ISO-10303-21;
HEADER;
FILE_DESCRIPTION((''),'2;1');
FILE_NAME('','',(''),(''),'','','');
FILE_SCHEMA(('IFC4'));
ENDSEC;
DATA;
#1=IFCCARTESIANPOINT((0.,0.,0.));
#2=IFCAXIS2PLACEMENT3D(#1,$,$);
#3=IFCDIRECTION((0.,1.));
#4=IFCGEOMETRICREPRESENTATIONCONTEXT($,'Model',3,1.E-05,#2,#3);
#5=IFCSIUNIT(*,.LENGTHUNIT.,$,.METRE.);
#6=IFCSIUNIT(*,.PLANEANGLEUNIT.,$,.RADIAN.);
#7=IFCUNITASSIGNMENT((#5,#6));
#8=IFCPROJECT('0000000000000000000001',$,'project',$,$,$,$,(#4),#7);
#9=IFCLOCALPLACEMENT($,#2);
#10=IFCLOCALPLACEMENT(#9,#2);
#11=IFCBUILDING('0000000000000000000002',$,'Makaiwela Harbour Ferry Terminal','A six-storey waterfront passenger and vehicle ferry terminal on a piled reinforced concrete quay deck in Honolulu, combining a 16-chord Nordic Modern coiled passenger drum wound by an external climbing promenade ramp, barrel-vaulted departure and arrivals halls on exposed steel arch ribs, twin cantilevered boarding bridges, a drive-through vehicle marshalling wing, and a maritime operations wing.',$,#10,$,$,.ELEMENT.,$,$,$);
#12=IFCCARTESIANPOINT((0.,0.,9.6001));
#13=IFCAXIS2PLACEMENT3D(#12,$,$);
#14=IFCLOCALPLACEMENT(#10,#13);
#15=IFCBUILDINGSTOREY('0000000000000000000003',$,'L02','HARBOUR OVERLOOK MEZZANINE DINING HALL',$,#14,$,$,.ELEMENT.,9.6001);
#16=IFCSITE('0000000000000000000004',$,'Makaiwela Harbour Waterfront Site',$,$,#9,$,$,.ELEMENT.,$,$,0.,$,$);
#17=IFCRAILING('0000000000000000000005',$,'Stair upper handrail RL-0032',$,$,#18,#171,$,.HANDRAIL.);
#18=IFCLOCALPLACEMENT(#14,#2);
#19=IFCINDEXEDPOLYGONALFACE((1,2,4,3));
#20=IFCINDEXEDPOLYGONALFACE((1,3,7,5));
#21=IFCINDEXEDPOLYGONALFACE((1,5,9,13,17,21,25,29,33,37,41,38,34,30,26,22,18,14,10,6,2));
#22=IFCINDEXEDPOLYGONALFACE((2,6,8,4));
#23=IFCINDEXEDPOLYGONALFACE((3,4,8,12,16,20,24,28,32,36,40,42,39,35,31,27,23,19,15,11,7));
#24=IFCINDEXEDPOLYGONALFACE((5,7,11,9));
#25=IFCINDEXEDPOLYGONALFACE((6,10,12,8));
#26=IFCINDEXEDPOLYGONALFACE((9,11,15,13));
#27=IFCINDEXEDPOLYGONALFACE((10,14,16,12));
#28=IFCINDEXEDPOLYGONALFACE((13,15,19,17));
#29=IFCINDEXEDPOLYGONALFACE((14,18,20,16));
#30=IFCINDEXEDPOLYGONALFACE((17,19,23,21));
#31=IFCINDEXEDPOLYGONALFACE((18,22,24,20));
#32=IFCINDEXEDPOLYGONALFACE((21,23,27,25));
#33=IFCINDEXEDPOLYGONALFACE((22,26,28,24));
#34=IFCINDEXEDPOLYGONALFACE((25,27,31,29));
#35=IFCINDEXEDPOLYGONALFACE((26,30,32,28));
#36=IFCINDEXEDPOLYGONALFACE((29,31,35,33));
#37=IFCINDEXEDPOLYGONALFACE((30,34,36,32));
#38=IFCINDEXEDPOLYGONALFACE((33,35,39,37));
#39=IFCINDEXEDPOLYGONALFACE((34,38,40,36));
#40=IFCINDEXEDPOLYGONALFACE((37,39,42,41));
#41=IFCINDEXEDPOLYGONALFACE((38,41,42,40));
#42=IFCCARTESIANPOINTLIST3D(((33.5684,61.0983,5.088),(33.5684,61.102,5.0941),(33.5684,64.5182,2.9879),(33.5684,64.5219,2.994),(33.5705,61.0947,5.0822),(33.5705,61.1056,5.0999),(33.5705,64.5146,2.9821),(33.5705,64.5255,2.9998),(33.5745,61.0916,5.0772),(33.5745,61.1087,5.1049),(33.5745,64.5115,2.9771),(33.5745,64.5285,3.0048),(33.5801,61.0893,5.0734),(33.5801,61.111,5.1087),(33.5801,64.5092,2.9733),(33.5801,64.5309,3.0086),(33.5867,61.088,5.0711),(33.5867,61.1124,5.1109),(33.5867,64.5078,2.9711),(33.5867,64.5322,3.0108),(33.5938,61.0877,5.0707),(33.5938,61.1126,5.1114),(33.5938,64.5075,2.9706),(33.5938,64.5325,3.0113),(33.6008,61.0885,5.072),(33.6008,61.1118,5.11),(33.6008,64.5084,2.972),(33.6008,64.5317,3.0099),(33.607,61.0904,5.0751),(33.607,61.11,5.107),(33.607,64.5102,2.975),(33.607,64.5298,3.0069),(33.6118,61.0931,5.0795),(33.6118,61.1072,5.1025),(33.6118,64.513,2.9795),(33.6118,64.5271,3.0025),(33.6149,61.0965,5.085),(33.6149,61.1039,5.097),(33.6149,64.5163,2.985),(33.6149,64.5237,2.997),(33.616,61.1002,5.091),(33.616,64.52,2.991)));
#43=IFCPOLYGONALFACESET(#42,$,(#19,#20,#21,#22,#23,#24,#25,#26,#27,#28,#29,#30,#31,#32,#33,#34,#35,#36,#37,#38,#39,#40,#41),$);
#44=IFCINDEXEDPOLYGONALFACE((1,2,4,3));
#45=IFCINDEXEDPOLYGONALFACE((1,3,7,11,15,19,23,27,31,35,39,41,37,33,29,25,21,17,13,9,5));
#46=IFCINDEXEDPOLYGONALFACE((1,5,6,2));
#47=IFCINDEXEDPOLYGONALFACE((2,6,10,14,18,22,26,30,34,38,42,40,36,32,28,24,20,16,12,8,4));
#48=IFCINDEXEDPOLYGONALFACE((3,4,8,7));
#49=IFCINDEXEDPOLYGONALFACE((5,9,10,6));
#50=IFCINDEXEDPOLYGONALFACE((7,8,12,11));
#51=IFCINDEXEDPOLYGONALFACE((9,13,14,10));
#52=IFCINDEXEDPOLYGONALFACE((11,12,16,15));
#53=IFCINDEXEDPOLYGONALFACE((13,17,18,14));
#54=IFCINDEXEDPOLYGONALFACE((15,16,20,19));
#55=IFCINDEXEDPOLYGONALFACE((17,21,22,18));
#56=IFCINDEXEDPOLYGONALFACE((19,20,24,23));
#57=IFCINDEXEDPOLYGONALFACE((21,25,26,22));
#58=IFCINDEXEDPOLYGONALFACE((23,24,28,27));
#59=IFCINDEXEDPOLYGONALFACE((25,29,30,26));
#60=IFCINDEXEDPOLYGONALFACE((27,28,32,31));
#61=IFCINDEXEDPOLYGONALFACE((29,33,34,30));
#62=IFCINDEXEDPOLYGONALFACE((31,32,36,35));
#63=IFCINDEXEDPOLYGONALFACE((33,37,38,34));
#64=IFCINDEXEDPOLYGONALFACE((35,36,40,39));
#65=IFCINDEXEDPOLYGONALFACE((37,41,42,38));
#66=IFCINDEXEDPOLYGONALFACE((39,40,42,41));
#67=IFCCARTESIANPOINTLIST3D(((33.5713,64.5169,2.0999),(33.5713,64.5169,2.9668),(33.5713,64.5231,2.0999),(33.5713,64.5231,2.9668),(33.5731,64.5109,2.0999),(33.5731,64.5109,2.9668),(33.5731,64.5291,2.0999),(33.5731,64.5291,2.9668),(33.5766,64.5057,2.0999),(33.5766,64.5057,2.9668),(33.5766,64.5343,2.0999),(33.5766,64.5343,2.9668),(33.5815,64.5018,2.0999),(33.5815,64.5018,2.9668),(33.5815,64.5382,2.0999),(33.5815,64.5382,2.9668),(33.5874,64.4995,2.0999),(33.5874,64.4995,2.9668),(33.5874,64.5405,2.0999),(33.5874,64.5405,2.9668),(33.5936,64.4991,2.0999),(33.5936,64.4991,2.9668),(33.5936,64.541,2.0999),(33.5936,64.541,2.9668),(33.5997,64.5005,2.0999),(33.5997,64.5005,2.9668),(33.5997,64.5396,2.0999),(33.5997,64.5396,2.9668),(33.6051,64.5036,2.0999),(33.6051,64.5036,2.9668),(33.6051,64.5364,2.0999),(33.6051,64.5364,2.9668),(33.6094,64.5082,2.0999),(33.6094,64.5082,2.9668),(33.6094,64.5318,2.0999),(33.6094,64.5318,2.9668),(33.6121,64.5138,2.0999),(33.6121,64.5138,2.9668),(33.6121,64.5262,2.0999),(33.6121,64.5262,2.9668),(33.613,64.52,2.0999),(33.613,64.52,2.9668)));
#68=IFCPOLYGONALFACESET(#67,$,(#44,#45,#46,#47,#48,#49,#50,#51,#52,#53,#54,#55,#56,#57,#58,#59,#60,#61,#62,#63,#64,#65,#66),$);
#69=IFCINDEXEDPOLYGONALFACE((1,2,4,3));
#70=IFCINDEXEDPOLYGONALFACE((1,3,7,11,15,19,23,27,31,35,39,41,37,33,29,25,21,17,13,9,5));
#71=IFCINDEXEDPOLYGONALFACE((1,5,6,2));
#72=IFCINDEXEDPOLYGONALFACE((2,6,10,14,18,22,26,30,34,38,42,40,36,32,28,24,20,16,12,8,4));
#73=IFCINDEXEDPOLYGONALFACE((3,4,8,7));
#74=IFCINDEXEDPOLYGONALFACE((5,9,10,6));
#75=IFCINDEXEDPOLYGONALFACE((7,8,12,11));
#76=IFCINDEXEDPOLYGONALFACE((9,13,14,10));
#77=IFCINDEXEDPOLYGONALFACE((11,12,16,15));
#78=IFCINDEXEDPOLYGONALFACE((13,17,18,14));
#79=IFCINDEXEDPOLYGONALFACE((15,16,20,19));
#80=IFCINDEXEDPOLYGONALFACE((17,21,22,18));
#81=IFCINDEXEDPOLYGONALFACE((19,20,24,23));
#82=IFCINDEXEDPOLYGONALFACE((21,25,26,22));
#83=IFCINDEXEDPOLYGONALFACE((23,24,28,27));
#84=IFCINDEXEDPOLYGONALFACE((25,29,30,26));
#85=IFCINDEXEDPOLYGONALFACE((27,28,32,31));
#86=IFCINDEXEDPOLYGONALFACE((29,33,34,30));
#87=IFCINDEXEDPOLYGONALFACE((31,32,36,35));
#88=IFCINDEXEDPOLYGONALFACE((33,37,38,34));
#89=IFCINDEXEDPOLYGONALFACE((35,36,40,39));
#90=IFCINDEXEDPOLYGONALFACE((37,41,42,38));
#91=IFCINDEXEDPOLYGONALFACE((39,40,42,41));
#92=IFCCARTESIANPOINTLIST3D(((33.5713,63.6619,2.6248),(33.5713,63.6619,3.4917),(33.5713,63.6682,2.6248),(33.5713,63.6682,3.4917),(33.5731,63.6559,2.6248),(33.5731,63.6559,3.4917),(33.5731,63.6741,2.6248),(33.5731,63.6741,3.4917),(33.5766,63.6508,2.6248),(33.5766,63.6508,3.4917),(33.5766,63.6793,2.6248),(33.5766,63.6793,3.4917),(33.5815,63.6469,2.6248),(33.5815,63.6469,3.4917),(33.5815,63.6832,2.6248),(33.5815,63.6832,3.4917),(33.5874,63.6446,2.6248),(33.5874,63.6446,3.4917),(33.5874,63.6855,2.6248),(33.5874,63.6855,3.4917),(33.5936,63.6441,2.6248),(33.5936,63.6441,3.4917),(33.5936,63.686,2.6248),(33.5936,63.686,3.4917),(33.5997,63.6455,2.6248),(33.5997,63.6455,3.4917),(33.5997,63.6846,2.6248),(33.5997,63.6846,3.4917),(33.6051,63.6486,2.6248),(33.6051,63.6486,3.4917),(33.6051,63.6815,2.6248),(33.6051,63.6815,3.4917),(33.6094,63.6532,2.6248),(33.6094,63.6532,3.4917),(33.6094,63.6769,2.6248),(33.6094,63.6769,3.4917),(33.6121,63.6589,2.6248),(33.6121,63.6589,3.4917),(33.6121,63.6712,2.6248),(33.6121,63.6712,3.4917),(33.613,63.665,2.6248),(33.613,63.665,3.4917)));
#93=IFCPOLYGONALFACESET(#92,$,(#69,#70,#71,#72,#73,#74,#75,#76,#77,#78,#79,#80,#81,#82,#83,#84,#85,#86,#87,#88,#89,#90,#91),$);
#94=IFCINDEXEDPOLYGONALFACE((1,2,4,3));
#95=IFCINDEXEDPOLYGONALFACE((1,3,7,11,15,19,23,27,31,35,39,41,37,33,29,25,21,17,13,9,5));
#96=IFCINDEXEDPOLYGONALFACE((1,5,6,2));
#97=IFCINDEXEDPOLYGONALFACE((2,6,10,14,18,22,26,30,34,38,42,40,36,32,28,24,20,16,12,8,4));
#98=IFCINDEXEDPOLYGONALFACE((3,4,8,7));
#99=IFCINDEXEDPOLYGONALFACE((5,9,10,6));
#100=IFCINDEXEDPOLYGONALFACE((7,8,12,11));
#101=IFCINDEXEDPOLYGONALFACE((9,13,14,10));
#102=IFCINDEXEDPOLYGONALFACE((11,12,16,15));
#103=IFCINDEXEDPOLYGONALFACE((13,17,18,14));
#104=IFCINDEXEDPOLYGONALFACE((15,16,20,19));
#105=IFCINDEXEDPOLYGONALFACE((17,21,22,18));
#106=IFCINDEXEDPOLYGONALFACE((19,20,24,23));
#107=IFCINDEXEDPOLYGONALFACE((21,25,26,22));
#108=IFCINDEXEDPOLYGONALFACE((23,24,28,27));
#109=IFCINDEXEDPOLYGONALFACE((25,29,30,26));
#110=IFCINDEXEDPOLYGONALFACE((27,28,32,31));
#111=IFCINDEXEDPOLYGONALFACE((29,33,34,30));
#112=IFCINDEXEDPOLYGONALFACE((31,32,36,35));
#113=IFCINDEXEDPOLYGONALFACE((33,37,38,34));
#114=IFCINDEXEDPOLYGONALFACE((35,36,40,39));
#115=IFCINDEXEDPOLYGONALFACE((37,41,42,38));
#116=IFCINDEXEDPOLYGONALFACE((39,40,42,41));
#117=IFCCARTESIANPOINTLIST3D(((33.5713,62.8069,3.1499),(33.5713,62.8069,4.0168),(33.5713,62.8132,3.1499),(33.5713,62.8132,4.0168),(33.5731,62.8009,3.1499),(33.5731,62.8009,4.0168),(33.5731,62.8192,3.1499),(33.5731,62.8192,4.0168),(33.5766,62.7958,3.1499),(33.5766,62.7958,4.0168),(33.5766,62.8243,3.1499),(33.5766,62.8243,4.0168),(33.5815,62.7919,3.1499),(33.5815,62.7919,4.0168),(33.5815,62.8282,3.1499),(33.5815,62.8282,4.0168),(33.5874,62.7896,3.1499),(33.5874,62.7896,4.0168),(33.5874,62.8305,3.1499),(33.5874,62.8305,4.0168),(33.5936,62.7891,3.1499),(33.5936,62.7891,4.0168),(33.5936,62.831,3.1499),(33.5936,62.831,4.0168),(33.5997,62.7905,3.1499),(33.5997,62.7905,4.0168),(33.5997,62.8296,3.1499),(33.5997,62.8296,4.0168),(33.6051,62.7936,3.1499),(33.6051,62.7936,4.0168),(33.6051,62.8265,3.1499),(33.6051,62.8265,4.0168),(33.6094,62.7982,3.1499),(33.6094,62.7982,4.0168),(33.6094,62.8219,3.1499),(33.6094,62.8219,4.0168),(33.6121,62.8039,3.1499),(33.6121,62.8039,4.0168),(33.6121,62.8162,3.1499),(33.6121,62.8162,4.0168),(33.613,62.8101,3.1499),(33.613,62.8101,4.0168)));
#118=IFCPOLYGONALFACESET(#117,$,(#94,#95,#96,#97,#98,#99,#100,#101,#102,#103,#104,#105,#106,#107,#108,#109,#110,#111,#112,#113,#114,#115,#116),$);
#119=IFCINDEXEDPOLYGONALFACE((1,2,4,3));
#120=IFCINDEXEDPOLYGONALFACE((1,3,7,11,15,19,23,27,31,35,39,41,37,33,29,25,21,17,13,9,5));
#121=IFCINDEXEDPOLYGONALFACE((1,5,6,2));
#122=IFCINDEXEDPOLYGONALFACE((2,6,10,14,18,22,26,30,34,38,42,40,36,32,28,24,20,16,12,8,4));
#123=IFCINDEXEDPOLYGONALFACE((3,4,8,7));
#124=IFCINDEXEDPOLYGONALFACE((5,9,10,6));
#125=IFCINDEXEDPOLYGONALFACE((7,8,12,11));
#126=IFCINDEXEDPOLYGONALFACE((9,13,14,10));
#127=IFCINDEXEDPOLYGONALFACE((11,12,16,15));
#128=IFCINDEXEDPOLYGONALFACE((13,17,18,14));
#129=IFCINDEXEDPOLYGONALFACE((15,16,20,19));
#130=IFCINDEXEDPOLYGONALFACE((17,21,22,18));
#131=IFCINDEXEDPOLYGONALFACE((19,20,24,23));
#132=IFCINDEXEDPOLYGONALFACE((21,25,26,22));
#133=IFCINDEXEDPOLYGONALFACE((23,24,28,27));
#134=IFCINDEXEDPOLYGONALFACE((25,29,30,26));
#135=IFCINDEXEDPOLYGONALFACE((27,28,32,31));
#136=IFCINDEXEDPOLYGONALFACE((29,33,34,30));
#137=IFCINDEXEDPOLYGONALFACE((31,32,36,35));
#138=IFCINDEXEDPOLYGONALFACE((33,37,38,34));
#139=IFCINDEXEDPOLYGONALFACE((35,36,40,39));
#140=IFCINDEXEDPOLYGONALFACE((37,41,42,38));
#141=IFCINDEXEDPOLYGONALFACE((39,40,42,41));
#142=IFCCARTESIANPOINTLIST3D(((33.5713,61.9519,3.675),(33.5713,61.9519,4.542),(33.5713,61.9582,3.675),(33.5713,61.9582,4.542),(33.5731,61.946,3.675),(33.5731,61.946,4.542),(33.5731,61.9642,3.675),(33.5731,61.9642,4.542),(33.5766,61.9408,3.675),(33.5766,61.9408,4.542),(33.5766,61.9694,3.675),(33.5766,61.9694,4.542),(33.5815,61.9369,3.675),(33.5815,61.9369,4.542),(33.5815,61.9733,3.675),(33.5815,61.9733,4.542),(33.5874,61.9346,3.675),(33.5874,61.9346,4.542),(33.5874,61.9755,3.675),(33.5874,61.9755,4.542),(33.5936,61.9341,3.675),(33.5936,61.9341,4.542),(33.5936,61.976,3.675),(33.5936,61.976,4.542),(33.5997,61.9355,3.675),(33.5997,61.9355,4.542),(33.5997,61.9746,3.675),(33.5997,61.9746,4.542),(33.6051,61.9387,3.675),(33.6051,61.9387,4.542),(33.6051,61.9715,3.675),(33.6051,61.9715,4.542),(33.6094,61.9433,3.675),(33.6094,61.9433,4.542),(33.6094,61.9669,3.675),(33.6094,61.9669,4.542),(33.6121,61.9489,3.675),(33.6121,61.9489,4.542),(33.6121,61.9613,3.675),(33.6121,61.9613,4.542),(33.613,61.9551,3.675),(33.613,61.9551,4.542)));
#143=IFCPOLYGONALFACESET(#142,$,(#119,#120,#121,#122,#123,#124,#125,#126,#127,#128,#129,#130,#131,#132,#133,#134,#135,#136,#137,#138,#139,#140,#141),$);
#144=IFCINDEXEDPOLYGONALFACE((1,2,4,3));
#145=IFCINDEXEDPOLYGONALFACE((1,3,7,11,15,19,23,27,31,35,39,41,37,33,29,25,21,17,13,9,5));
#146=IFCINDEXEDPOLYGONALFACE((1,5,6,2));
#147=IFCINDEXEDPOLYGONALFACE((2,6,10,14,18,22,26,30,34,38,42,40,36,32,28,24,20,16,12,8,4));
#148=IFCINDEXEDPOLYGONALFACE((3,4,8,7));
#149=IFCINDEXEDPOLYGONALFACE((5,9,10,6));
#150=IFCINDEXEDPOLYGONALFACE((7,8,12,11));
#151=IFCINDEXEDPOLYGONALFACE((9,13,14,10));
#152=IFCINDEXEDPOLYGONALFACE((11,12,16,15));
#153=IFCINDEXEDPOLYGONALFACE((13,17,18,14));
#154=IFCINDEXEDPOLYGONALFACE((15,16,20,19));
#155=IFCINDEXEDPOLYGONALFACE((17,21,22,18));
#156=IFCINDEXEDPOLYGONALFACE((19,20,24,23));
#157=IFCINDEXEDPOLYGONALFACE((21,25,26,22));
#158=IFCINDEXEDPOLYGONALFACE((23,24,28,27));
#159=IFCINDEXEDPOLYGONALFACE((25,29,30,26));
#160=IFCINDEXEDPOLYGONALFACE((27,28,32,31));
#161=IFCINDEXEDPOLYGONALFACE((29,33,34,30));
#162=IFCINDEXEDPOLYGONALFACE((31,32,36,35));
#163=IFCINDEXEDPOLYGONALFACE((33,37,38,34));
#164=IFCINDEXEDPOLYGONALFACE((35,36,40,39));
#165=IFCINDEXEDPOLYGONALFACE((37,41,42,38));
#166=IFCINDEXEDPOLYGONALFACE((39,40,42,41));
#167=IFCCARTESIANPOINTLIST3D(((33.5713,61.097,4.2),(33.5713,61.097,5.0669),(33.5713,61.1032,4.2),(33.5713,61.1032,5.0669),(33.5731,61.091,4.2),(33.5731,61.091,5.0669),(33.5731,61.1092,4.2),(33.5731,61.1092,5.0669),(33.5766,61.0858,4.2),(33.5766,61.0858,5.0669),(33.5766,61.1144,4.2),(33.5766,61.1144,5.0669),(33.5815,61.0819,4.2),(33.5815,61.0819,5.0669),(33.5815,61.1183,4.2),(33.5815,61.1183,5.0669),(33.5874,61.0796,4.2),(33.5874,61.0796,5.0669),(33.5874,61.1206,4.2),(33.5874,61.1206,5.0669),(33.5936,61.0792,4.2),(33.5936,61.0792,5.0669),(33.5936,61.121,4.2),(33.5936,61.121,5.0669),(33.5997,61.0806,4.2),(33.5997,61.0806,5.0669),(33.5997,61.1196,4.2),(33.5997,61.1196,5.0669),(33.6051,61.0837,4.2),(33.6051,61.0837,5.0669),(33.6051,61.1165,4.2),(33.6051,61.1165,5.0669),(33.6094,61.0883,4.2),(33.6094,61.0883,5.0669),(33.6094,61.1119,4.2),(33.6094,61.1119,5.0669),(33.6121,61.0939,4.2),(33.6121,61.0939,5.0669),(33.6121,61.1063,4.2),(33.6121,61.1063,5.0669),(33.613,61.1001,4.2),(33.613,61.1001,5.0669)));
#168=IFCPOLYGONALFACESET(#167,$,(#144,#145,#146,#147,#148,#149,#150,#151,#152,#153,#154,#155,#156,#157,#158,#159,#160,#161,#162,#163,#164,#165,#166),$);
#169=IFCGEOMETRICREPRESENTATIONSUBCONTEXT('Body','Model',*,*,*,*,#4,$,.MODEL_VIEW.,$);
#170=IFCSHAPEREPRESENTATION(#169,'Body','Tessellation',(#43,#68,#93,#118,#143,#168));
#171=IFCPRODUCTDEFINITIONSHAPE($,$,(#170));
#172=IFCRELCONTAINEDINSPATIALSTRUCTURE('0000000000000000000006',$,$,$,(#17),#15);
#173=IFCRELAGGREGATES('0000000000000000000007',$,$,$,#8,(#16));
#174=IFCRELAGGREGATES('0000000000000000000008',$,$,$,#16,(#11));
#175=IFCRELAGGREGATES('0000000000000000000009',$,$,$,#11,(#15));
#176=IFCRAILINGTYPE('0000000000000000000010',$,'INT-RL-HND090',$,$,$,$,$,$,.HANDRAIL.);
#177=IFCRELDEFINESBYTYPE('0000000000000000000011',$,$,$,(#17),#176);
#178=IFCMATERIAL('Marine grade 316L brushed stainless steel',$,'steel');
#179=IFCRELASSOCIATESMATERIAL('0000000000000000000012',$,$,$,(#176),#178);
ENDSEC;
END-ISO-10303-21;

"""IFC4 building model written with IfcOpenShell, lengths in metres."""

from ifc_helpers import new_model, si_unit, direction, frame, origin, origin_2d, place, context, subcontext, project, spatial, circle, extrude, material, type_object, element, save


model = new_model("IFC4")

# Units and contexts
model_context = context("Model", 3, precision=1e-05, world=origin(), true_north=direction((0.0, 1.0)))
body_context = subcontext(model_context, "Body", "Model", "MODEL_VIEW")
ifc_project = project(units=[si_unit("LENGTHUNIT", "METRE"), si_unit("PLANEANGLEUNIT", "RADIAN")], contexts=[model_context])

# Site, building, storey
site_placement = place(None, origin())
site = spatial("IfcSite", under=ifc_project, at=site_placement, Name="Makaiwela Harbour Waterfront Site", CompositionType="ELEMENT", RefElevation=0.0)
building_placement = place(site_placement, origin())
building = spatial("IfcBuilding", under=site, at=building_placement, Name="Makaiwela Harbour Ferry Terminal", Description="A six-storey waterfront passenger and vehicle ferry terminal on a piled reinforced concrete quay deck in Honolulu, combining a 16-chord Nordic Modern coiled passenger drum wound by an external climbing promenade ramp, barrel-vaulted departure and arrivals halls on exposed steel arch ribs, twin cantilevered boarding bridges, a drive-through vehicle marshalling wing, and a maritime operations wing.", CompositionType="ELEMENT")
storey_placement = place(building_placement, frame((0.0, 0.0, 9.6001)))
storey = spatial("IfcBuildingStorey", under=building, at=storey_placement, Name="L02", Description="HARBOUR OVERLOOK MEZZANINE DINING HALL", CompositionType="ELEMENT", Elevation=9.6001)

# Shared definitions
ifc_material_1 = material(Name="Marine grade 316L brushed stainless steel", Category="steel")

# Railing
railing_type_1 = type_object("IfcRailingType", Name="INT-RL-HND090", PredefinedType="HANDRAIL", material=ifc_material_1)
railing_1_placement = place(storey_placement, frame((33.592, 64.52, 2.0999)))
element("IfcRailing", 1, at=railing_1_placement, inside=storey, type_object=railing_type_1, Name="Stair upper handrail RL-0032", PredefinedType="HANDRAIL", context=body_context, shape_type="SweptSolid", body=[
    extrude(circle(Radius=0.0239, at=origin_2d()), frame((0.0, 0.0, 0.8911), z_axis=(0.0, -0.852155, 0.523289), x_axis=(1.0, 0.0, 0.0)), (0.0, 0.0, 1.0), 4.0132),
    extrude(circle(Radius=0.021, at=origin_2d()), origin(), (0.0, 0.0, 1.0), 0.8669),
    extrude(circle(Radius=0.021, at=origin_2d()), frame((0.0, -0.855, 0.5249)), (0.0, 0.0, 1.0), 0.8669),
    extrude(circle(Radius=0.021, at=origin_2d()), frame((0.0, -1.71, 1.05)), (0.0, 0.0, 1.0), 0.8669),
    extrude(circle(Radius=0.021, at=origin_2d()), frame((0.0, -2.5649, 1.5752)), (0.0, 0.0, 1.0), 0.8669),
    extrude(circle(Radius=0.021, at=origin_2d()), frame((0.0, -3.4199, 2.1001)), (0.0, 0.0, 1.0), 0.8669),
])

save(model, "model.ifc")
